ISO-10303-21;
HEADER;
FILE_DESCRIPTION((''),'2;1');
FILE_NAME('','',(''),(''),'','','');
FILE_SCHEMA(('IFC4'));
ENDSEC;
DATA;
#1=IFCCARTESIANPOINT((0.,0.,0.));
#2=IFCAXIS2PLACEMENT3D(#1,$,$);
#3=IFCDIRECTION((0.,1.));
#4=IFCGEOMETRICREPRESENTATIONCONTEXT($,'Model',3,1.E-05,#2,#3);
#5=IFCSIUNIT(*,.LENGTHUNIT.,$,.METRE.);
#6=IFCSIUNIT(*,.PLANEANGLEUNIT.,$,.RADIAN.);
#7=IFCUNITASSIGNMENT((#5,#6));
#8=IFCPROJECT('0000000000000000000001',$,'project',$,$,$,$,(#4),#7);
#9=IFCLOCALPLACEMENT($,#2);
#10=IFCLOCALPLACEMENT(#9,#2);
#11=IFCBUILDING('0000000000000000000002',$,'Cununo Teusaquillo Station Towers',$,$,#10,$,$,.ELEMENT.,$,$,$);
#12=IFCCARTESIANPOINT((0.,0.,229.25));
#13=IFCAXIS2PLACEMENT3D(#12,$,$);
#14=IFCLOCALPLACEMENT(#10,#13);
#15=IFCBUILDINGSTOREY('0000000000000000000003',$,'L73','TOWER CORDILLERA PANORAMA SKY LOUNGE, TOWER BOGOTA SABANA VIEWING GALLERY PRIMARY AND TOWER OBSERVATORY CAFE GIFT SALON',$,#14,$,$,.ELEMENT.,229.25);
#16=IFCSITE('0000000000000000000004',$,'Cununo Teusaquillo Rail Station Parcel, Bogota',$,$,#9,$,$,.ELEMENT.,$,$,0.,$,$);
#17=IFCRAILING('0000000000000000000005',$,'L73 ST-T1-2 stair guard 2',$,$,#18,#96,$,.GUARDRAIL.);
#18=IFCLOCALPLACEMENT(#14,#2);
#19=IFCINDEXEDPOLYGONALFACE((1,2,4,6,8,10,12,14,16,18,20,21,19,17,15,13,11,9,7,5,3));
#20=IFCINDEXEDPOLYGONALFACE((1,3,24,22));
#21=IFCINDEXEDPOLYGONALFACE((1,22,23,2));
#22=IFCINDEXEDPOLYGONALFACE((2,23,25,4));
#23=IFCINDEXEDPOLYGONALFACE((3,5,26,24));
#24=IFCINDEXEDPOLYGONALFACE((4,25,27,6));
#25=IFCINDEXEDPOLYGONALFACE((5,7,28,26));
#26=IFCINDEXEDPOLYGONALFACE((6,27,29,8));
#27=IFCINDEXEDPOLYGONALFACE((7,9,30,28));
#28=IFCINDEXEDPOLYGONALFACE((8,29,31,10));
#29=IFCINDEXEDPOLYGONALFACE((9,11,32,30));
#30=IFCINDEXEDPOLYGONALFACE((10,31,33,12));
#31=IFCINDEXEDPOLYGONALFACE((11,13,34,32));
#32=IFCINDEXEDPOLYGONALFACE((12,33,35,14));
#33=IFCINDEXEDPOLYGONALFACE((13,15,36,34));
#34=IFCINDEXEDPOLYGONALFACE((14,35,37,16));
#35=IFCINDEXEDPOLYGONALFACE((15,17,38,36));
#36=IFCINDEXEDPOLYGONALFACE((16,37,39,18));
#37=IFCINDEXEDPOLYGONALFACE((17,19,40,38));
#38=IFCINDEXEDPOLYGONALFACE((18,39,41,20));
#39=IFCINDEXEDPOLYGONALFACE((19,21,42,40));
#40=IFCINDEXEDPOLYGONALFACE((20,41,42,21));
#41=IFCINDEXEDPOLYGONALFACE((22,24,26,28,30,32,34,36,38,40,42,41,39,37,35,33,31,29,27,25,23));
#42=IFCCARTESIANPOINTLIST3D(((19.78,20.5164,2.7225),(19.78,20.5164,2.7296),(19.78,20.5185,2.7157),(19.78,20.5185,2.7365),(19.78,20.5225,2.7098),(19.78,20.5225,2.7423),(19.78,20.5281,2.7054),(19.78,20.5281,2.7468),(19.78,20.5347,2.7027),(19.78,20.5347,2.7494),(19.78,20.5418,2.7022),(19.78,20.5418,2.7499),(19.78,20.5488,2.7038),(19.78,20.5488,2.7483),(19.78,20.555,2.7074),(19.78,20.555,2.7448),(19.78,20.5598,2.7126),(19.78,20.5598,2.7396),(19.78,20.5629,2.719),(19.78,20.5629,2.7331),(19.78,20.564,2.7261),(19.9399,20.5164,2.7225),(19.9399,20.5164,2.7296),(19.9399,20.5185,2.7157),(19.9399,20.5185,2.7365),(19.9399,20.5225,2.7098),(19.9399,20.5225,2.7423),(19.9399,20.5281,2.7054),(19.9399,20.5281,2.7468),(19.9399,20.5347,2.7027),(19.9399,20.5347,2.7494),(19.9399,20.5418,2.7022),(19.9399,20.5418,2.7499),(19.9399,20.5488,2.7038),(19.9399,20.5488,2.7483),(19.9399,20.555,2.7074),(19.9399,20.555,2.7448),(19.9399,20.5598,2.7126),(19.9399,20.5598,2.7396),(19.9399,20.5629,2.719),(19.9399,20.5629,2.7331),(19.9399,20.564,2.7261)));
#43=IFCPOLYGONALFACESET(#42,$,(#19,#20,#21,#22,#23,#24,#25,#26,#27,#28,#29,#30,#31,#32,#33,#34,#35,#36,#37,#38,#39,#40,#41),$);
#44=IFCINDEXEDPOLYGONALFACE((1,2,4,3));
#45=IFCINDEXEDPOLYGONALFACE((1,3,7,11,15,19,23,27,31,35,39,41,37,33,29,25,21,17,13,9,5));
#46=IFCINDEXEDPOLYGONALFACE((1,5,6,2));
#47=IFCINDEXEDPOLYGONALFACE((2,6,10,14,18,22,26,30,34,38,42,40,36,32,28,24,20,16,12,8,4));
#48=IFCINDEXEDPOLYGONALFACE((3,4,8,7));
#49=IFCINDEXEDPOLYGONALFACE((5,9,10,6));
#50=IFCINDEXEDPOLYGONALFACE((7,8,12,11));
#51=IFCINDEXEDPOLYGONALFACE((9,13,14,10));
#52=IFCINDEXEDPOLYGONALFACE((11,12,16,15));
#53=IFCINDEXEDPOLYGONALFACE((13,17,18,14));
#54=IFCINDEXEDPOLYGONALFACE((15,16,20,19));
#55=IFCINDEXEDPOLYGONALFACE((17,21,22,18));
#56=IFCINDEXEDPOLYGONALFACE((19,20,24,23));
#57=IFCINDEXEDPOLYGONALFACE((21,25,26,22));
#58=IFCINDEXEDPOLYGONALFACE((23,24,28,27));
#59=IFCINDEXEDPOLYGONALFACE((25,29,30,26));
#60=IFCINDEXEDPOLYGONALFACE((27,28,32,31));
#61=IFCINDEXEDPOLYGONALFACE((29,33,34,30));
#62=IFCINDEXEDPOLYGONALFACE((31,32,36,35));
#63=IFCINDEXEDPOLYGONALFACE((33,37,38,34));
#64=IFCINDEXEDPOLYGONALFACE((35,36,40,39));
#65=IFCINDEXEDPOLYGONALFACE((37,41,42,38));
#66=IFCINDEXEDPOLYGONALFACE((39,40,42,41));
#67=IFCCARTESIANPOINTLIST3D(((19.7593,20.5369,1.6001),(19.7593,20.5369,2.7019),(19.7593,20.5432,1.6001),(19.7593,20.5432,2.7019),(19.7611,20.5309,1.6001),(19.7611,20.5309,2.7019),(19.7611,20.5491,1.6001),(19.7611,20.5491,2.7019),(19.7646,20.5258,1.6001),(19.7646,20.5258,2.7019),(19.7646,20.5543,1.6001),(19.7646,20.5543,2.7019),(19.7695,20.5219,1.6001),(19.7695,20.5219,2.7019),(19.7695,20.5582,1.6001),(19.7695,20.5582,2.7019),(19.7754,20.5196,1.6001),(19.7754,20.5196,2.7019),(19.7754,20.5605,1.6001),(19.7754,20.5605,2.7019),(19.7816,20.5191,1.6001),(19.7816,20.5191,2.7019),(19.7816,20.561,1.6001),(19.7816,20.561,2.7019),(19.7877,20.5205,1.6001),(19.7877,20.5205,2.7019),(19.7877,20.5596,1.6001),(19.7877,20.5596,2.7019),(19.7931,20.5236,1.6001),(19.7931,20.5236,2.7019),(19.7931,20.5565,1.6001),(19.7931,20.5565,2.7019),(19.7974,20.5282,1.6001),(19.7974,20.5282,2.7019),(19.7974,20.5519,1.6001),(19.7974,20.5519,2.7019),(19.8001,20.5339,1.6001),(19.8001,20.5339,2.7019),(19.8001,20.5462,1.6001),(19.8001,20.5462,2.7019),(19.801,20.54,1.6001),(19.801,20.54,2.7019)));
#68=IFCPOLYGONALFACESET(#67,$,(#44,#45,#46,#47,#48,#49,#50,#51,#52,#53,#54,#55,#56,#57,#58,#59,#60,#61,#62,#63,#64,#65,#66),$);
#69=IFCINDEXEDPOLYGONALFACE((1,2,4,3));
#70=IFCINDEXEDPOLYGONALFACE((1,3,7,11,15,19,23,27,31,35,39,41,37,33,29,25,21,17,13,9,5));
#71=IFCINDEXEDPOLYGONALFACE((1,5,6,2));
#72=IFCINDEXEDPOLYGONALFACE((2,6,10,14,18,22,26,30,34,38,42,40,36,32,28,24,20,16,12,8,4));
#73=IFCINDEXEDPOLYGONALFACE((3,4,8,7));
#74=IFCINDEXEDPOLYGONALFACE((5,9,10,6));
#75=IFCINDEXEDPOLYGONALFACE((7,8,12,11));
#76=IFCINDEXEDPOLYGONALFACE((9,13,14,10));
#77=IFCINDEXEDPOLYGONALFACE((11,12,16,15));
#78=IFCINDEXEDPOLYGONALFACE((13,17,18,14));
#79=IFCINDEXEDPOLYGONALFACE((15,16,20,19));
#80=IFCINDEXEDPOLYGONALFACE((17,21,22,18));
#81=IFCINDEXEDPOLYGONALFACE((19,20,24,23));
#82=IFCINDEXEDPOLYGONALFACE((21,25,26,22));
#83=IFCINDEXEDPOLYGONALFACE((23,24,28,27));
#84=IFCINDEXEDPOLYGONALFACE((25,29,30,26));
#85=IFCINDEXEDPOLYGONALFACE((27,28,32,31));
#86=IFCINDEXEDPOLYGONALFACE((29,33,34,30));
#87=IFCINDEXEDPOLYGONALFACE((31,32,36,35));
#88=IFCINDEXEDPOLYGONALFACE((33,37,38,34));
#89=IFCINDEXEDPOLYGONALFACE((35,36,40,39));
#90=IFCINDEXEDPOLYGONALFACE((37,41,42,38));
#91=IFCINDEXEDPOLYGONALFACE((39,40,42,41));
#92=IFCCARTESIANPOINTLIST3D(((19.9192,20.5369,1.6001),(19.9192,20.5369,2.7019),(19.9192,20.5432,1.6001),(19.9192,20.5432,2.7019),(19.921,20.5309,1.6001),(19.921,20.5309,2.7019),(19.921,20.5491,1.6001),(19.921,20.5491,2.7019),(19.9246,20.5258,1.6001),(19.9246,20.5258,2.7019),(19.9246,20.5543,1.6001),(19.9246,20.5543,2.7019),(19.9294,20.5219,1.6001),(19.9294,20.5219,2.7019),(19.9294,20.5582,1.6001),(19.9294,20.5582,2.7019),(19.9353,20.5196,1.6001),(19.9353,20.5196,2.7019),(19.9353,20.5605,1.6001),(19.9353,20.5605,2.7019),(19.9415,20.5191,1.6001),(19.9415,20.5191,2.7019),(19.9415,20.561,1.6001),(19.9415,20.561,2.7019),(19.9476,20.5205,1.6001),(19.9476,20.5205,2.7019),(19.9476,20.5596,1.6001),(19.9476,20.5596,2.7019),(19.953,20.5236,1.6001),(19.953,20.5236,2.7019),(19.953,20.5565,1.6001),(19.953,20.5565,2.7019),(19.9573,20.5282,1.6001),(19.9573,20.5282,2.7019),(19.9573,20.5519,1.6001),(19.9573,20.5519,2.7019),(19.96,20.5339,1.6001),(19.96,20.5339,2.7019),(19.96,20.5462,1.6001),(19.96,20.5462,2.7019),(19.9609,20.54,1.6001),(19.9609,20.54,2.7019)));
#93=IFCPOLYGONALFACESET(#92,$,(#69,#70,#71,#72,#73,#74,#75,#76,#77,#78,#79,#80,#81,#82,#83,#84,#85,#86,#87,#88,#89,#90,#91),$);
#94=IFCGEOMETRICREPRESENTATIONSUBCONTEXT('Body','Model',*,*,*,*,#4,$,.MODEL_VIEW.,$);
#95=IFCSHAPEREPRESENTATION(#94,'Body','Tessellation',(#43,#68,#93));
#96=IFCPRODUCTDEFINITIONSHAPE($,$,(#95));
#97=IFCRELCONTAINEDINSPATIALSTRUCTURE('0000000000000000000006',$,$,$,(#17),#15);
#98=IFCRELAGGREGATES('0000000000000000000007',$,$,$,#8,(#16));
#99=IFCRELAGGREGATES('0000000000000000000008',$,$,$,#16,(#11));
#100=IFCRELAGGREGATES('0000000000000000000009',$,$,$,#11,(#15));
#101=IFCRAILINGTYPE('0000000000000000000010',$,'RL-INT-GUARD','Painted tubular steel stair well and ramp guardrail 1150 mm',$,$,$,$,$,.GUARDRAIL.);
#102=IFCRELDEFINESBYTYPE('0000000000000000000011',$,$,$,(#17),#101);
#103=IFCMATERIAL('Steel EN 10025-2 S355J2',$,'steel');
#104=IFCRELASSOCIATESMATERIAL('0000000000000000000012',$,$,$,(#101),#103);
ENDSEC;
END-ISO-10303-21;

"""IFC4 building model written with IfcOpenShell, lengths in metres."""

from ifc_helpers import new_model, si_unit, direction, frame, origin, origin_2d, place, context, subcontext, project, spatial, circle, extrude, material, type_object, element, save


model = new_model("IFC4")

# Units and contexts
model_context = context("Model", 3, precision=1e-05, world=origin(), true_north=direction((0.0, 1.0)))
body_context = subcontext(model_context, "Body", "Model", "MODEL_VIEW")
ifc_project = project(units=[si_unit("LENGTHUNIT", "METRE"), si_unit("PLANEANGLEUNIT", "RADIAN")], contexts=[model_context])

# Site, building, storey
site_placement = place(None, origin())
site = spatial("IfcSite", under=ifc_project, at=site_placement, Name="Cununo Teusaquillo Rail Station Parcel, Bogota", CompositionType="ELEMENT", RefElevation=0.0)
building_placement = place(site_placement, origin())
building = spatial("IfcBuilding", under=site, at=building_placement, Name="Cununo Teusaquillo Station Towers", CompositionType="ELEMENT")
storey_placement = place(building_placement, frame((0.0, 0.0, 229.25)))
storey = spatial("IfcBuildingStorey", under=building, at=storey_placement, Name="L73", Description="TOWER CORDILLERA PANORAMA SKY LOUNGE, TOWER BOGOTA SABANA VIEWING GALLERY PRIMARY AND TOWER OBSERVATORY CAFE GIFT SALON", CompositionType="ELEMENT", Elevation=229.25)

# Railing
ifc_material_1 = material(Name="Steel EN 10025-2 S355J2", Category="steel")
railing_type_1 = type_object("IfcRailingType", Name="RL-INT-GUARD", Description="Painted tubular steel stair well and ramp guardrail 1150 mm", PredefinedType="GUARDRAIL", material=ifc_material_1)
railing_1_placement = place(storey_placement, frame((19.78, 20.54, 1.6001)))
element("IfcRailing", 1, at=railing_1_placement, inside=storey, type_object=railing_type_1, Name="L73 ST-T1-2 stair guard 2", PredefinedType="GUARDRAIL", context=body_context, shape_type="SweptSolid", body=[
    extrude(circle(Radius=0.0239, at=origin_2d()), frame((0.0, 0.0, 1.126), z_axis=(1.0, 0.0, 0.0), x_axis=(0.0, 1.0, 0.0)), (0.0, 0.0, 1.0), 0.1599),
    extrude(circle(Radius=0.021, at=origin_2d()), origin(), (0.0, 0.0, 1.0), 1.1018),
    extrude(circle(Radius=0.021, at=origin_2d()), frame((0.1599, 0.0, 0.0)), (0.0, 0.0, 1.0), 1.1018),
])

save(model, "model.ifc")
